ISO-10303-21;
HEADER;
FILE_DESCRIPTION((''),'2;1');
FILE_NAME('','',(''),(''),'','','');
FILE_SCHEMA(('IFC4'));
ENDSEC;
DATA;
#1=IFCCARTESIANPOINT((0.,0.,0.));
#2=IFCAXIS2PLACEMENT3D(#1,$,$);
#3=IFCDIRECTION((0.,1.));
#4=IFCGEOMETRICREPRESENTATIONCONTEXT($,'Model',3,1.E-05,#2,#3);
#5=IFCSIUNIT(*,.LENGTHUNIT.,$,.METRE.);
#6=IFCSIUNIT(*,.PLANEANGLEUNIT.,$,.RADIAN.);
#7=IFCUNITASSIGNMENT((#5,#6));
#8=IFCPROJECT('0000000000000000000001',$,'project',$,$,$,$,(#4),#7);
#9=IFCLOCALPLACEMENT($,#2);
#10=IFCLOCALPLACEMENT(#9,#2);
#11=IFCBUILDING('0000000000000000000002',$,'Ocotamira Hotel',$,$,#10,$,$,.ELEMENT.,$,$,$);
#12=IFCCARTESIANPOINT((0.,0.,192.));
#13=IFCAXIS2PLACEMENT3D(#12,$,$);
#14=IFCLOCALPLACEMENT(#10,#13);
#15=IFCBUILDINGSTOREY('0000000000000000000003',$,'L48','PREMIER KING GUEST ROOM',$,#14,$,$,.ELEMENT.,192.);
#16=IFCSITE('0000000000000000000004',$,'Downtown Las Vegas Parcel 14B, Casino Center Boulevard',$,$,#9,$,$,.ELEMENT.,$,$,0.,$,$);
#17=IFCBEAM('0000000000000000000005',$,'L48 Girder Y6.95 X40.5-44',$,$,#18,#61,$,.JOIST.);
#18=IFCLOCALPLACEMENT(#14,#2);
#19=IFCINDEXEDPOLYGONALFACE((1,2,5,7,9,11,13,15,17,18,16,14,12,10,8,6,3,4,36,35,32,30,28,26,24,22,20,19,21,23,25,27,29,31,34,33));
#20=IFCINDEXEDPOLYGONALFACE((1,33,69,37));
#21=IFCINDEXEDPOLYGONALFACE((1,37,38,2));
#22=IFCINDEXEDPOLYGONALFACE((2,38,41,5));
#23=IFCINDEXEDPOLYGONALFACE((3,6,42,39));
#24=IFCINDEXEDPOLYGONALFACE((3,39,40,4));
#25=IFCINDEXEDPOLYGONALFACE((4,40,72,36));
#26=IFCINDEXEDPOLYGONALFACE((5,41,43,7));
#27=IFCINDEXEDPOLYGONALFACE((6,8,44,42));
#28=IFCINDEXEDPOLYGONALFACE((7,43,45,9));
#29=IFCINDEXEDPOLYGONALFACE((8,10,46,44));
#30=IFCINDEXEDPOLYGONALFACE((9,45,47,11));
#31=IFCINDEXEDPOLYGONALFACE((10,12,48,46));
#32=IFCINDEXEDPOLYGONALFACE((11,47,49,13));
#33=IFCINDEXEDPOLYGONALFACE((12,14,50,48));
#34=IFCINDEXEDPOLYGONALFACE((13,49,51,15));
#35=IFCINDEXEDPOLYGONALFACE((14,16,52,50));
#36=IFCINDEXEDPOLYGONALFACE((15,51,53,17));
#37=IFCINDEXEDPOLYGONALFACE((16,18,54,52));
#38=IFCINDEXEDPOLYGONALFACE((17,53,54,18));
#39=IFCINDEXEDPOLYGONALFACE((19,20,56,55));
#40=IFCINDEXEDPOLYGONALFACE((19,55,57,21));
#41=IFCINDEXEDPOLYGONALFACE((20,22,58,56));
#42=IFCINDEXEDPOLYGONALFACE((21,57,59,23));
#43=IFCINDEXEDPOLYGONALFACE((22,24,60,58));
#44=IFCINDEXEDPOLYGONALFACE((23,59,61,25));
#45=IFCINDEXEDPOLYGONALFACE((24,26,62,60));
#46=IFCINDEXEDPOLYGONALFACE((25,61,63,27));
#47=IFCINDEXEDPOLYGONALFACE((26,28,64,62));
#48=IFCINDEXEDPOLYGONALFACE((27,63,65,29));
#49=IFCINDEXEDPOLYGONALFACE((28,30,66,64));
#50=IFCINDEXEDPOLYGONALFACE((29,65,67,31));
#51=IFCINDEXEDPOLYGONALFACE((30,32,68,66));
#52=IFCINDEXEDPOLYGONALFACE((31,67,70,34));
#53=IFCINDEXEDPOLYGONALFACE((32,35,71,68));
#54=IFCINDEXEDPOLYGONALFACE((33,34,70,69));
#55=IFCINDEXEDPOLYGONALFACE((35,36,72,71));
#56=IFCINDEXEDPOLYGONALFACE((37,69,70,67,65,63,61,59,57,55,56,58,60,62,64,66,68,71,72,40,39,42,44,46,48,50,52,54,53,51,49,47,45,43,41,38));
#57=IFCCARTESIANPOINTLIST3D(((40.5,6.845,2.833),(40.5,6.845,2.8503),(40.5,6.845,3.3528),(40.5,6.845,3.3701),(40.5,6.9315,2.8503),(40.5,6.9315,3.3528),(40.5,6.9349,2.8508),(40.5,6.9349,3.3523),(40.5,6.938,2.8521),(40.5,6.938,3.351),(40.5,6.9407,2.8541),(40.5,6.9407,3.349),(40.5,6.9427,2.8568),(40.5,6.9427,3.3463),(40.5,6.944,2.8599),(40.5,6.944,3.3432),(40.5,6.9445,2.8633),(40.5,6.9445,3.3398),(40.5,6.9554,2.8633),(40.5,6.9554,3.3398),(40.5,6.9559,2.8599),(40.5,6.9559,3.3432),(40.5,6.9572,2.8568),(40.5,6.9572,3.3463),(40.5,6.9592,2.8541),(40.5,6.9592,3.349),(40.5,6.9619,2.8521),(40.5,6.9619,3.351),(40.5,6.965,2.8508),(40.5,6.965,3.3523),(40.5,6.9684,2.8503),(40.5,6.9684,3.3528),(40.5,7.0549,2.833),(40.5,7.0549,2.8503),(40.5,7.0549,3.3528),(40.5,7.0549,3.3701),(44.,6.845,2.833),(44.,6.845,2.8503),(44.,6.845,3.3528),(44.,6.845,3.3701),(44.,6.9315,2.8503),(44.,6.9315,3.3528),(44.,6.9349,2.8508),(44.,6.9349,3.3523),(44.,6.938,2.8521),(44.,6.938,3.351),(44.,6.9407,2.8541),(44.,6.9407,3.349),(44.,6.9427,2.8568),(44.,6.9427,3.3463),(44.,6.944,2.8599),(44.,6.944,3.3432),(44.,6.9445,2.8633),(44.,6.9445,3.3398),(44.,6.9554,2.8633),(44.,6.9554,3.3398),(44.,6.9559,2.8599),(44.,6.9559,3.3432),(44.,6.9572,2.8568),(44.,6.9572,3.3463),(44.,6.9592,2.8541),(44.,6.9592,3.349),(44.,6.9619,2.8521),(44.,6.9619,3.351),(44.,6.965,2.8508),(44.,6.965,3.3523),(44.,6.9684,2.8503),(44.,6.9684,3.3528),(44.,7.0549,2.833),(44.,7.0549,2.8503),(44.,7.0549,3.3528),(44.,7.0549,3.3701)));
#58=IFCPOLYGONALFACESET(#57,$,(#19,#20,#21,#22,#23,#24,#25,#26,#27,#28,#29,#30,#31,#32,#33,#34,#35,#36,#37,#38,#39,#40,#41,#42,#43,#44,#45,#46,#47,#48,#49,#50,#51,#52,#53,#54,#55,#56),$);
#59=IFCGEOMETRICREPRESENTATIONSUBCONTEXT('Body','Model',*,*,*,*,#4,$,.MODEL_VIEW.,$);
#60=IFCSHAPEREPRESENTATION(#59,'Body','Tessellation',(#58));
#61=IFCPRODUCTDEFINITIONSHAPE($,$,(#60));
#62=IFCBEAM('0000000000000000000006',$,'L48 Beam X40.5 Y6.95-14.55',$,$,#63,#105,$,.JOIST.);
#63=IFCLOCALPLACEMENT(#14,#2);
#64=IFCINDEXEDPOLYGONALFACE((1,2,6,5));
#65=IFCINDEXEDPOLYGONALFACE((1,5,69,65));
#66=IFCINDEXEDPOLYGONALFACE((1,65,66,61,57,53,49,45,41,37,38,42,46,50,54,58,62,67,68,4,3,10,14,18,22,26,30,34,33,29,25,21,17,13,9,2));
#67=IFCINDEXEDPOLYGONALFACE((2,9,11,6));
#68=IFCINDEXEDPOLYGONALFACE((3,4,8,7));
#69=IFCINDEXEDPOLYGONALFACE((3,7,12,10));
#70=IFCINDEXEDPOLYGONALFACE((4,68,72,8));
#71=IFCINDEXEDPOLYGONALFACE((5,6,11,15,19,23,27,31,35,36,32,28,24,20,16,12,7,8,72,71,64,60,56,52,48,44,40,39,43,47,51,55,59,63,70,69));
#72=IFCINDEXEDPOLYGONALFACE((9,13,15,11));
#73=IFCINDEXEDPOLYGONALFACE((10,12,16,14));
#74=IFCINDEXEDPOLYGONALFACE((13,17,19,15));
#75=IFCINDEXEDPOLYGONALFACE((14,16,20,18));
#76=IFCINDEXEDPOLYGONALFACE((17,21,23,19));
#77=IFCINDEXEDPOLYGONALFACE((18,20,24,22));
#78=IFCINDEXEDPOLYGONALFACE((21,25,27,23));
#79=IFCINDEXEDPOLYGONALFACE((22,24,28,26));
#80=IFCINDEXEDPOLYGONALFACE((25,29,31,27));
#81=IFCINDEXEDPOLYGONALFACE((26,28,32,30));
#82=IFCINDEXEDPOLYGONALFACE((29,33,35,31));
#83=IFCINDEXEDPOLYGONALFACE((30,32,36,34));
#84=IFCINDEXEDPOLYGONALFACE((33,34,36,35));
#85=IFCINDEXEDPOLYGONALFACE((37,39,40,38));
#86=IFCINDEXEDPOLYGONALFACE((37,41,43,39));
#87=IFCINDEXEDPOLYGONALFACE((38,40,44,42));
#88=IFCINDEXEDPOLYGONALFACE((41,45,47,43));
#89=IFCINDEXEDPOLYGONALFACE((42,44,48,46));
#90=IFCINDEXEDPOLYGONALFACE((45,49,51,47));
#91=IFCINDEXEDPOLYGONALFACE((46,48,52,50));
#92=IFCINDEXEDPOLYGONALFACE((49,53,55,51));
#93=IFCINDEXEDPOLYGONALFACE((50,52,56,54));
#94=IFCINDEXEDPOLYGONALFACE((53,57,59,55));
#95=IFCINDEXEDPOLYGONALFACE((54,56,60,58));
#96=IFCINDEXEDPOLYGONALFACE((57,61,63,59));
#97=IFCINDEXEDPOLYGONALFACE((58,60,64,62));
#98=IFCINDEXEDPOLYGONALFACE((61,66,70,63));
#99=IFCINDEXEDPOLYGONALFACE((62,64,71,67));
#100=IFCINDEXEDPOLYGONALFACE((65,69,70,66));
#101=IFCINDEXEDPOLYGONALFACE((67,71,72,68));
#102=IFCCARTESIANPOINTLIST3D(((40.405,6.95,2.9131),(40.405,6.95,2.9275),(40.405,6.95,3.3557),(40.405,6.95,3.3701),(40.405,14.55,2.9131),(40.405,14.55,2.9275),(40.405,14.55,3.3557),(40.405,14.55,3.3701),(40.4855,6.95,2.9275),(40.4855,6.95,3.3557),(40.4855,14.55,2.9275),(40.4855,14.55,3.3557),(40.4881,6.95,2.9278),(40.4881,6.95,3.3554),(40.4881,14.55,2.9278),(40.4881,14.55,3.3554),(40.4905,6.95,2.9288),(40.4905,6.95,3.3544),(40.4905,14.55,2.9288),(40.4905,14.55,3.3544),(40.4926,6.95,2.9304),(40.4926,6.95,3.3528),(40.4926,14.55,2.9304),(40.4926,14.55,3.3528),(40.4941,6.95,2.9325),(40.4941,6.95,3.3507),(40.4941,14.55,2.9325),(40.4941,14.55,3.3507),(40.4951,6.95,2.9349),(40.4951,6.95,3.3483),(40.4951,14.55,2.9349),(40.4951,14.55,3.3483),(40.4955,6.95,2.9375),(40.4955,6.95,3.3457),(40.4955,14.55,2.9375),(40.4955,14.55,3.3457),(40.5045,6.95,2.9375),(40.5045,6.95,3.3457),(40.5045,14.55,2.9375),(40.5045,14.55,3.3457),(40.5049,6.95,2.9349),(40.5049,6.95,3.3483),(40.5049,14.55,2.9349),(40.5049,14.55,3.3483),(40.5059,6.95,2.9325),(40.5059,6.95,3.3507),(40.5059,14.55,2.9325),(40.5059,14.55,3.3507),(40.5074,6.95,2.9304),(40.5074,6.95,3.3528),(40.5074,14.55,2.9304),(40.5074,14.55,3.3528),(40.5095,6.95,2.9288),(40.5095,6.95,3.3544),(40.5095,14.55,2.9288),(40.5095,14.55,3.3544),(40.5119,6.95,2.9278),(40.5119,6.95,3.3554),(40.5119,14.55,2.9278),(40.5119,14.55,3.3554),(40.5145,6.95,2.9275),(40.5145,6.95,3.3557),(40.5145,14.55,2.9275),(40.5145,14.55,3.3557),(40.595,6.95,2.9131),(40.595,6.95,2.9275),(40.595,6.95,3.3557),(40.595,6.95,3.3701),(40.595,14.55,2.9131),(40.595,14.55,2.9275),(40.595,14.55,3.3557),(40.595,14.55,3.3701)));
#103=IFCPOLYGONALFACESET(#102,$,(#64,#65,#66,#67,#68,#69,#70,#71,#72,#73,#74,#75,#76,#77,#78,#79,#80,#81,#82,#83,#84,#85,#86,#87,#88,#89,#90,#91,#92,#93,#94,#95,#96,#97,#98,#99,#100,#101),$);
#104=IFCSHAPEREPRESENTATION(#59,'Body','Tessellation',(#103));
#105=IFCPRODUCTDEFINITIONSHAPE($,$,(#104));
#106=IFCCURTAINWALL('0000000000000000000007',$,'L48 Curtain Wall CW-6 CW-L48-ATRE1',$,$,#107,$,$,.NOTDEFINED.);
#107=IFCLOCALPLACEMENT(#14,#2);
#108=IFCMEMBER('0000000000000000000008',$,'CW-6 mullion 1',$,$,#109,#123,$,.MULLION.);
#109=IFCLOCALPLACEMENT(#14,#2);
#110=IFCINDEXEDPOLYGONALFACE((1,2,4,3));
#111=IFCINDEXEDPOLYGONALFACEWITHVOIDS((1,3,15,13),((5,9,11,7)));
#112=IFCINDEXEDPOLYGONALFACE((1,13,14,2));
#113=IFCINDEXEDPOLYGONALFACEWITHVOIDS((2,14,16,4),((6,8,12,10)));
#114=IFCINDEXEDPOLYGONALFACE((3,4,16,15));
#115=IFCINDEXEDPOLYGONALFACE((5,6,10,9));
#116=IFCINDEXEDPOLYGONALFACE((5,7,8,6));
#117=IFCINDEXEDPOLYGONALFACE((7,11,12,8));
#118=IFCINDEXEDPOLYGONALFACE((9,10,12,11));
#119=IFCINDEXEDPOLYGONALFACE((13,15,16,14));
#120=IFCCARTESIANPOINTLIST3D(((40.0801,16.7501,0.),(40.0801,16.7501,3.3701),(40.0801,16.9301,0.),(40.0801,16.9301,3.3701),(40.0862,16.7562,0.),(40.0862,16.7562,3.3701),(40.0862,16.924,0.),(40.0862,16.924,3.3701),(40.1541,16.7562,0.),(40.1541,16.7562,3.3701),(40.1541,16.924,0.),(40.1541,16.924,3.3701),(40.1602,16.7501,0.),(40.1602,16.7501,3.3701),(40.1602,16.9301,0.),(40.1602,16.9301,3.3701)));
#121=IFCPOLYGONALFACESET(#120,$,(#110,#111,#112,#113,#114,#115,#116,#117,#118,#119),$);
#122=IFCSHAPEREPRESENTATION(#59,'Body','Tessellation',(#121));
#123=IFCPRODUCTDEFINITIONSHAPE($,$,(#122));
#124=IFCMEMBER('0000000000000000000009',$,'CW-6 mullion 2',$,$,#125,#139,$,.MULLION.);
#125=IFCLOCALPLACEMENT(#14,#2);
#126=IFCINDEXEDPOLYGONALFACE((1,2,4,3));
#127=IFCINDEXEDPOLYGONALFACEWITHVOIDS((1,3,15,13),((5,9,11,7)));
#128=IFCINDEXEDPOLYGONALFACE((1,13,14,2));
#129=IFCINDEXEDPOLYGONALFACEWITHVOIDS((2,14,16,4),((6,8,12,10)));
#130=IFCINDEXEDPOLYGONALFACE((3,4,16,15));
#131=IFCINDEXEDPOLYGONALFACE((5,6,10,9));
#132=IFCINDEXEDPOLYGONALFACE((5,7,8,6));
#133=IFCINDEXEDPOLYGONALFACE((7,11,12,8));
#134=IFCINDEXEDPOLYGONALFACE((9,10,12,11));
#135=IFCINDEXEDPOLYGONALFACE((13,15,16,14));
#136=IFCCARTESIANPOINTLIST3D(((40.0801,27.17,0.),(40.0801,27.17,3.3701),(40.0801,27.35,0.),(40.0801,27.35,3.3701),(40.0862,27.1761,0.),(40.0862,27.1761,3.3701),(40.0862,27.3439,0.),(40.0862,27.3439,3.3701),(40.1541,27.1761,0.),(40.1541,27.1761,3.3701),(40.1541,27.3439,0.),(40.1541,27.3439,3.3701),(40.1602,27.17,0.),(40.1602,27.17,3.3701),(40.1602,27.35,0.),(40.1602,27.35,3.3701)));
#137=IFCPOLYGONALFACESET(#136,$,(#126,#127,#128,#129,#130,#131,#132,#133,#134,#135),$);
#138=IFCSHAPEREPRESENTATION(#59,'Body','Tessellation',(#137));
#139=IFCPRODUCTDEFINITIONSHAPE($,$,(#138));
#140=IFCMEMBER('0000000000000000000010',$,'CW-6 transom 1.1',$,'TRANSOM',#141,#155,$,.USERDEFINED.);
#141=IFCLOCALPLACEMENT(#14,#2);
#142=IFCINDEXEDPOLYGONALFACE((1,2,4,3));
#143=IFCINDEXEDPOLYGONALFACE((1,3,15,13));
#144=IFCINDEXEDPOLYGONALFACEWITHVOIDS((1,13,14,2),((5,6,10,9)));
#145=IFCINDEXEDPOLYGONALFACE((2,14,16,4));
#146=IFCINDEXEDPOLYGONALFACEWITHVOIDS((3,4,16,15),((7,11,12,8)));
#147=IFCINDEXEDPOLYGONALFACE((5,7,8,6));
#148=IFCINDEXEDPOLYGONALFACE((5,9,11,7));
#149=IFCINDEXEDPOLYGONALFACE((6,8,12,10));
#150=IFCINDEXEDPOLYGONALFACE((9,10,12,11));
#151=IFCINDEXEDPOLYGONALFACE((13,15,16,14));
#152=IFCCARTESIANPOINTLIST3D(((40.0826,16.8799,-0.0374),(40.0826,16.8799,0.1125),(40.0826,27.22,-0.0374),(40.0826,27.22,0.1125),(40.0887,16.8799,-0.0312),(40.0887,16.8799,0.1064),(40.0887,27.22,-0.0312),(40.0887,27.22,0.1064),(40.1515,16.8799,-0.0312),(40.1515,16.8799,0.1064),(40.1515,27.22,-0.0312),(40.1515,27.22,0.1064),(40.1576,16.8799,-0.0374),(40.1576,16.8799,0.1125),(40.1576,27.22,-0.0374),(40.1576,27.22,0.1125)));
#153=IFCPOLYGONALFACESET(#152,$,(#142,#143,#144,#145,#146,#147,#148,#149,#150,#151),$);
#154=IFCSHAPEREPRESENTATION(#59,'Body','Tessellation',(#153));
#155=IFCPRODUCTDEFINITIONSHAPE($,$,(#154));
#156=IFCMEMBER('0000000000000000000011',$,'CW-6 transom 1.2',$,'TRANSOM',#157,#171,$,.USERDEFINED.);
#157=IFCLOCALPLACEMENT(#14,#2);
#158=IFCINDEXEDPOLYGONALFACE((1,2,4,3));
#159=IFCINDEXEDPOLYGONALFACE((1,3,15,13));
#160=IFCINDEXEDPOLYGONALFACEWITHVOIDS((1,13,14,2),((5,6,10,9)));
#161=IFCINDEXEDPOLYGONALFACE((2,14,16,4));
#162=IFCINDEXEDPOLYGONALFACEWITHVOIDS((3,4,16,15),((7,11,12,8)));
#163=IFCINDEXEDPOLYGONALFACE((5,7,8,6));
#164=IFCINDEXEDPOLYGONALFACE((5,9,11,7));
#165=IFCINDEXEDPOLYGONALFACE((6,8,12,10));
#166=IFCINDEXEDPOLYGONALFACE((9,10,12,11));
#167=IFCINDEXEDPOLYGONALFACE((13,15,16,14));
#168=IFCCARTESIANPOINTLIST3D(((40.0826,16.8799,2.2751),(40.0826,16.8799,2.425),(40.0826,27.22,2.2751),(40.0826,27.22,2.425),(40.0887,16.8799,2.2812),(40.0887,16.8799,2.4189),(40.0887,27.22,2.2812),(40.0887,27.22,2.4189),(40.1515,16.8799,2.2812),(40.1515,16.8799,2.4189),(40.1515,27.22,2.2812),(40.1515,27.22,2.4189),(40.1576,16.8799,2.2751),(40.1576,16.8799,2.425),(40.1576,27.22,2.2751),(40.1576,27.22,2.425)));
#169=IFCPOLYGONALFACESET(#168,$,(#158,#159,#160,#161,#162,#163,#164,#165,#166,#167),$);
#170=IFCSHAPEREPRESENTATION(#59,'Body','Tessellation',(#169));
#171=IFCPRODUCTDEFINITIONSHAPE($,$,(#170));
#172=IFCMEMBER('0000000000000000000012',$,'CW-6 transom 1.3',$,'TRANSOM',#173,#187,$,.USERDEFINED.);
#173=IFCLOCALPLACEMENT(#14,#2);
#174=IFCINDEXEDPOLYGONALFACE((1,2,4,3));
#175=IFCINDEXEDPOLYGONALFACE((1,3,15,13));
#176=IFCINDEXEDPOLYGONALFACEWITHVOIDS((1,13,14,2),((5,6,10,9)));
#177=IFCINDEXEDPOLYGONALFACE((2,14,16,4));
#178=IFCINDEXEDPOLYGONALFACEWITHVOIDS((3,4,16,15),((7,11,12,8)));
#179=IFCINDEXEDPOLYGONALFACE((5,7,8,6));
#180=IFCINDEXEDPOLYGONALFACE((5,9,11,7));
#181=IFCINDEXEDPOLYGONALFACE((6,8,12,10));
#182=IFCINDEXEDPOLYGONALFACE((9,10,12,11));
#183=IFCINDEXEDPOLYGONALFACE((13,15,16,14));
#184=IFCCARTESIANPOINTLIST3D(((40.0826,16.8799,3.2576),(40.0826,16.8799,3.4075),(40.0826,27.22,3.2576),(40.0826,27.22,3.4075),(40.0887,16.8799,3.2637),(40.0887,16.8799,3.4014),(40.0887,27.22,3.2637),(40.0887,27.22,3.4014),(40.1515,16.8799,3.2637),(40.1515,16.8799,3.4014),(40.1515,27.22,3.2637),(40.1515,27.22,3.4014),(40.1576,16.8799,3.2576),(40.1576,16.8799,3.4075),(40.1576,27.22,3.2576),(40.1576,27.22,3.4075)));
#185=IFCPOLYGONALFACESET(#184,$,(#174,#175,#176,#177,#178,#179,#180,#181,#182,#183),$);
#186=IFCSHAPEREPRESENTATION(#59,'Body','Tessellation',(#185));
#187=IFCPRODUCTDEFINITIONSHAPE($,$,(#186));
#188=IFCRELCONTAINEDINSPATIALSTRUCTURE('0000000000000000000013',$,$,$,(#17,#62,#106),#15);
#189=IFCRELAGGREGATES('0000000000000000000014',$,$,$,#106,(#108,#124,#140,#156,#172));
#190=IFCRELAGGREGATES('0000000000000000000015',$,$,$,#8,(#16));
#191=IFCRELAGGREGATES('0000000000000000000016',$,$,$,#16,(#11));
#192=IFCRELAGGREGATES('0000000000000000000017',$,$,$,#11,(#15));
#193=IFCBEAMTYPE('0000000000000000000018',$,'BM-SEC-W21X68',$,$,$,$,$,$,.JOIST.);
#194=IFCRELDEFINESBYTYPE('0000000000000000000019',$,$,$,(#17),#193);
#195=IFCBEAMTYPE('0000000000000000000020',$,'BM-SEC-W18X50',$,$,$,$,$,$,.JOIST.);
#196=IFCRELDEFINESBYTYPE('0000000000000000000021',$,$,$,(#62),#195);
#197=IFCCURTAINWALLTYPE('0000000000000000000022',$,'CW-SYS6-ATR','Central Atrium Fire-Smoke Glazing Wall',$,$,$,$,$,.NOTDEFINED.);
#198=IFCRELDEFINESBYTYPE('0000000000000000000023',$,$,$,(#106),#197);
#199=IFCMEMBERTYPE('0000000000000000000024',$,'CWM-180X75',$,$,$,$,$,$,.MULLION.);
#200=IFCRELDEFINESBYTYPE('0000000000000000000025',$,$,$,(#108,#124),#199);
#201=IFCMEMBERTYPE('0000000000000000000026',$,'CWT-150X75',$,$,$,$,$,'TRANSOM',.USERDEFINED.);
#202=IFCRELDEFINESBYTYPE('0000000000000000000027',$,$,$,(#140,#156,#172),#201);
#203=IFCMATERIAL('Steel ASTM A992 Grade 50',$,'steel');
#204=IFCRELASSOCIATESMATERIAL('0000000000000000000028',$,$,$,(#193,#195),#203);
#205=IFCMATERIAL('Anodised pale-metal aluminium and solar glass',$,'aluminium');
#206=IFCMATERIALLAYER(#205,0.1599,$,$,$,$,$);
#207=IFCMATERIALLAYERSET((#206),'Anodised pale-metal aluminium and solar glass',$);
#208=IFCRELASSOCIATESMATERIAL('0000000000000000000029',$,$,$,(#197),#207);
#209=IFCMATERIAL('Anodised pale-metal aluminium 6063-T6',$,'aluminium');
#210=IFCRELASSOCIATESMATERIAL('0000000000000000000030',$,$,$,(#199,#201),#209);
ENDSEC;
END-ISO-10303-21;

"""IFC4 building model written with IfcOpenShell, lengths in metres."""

from ifc_helpers import new_model, si_unit, direction, frame, origin, origin_2d, place, context, subcontext, project, spatial, hollow_rectangle, i_section, extrude, source, transform, mapped, material, layer, layer_set, material_profile, profile_set, type_object, element, aggregate, save


model = new_model("IFC4")

# Units and contexts
model_context = context("Model", 3, precision=1e-05, world=origin(), true_north=direction((0.0, 1.0)))
body_context = subcontext(model_context, "Body", "Model", "MODEL_VIEW")
ifc_project = project(units=[si_unit("LENGTHUNIT", "METRE"), si_unit("PLANEANGLEUNIT", "RADIAN")], contexts=[model_context])

# Site, building, storey
site_placement = place(None, origin())
site = spatial("IfcSite", under=ifc_project, at=site_placement, Name="Downtown Las Vegas Parcel 14B, Casino Center Boulevard", CompositionType="ELEMENT", RefElevation=0.0)
building_placement = place(site_placement, origin())
building = spatial("IfcBuilding", under=site, at=building_placement, Name="Ocotamira Hotel", CompositionType="ELEMENT")
storey_placement = place(building_placement, frame((0.0, 0.0, 192.0)))
storey = spatial("IfcBuildingStorey", under=building, at=storey_placement, Name="L48", Description="PREMIER KING GUEST ROOM", CompositionType="ELEMENT", Elevation=192.0)

# Beams
ifc_material_1 = material(Name="Steel ASTM A992 Grade 50", Category="steel")
ifc_material_profile_1 = material_profile(ifc_material_1, i_section(OverallWidth=0.21, OverallDepth=0.5371, WebThickness=0.011, FlangeThickness=0.0173, FilletRadius=0.0129, at=origin_2d()), Name="W21X68")
ifc_profile_set_1 = profile_set([ifc_material_profile_1], Name="Steel ASTM A992 Grade 50")
beam_type_1 = type_object("IfcBeamType", Name="BM-SEC-W21X68", PredefinedType="JOIST", material=ifc_profile_set_1)
shared_shape_1 = source(origin(), body_context, "Body", "SweptSolid", [
    extrude(i_section(OverallWidth=0.21, OverallDepth=0.5371, WebThickness=0.011, FlangeThickness=0.0173, FilletRadius=0.0129, at=origin_2d()), origin(), (0.0, 0.0, 1.0), 3.5),
])
beam_1_placement = place(storey_placement, frame((40.5, 6.95, 3.1016), z_axis=(1.0, 0.0, 0.0), x_axis=(0.0, 1.0, 0.0)))
element("IfcBeam", 1, at=beam_1_placement, inside=storey, type_object=beam_type_1, Name="L48 Girder Y6.95 X40.5-44", PredefinedType="JOIST", context=body_context, shape_type="MappedRepresentation", body=[
    mapped(shared_shape_1, transform((0.0, 0.0, 0.0), scale=1.0)),
])
ifc_material_profile_2 = material_profile(ifc_material_1, i_section(OverallWidth=0.1899, OverallDepth=0.457, WebThickness=0.009, FlangeThickness=0.0144, FilletRadius=0.01, at=origin_2d()), Name="W18X50")
ifc_profile_set_2 = profile_set([ifc_material_profile_2], Name="Steel ASTM A992 Grade 50")
beam_type_2 = type_object("IfcBeamType", Name="BM-SEC-W18X50", PredefinedType="JOIST", material=ifc_profile_set_2)
shared_shape_2 = source(origin(), body_context, "Body", "SweptSolid", [
    extrude(i_section(OverallWidth=0.1899, OverallDepth=0.457, WebThickness=0.009, FlangeThickness=0.0144, FilletRadius=0.01, at=origin_2d()), origin(), (0.0, 0.0, 1.0), 7.6001),
])
beam_2_placement = place(storey_placement, frame((40.5, 6.95, 3.1416), z_axis=(0.0, 1.0, 0.0), x_axis=(-1.0, 0.0, 0.0)))
element("IfcBeam", 2, at=beam_2_placement, inside=storey, type_object=beam_type_2, Name="L48 Beam X40.5 Y6.95-14.55", PredefinedType="JOIST", context=body_context, shape_type="MappedRepresentation", body=[
    mapped(shared_shape_2, transform((0.0, 0.0, 0.0), scale=1.0)),
])

# Curtain wall, members
ifc_material_2 = material(Name="Anodised pale-metal aluminium and solar glass", Category="aluminium")
ifc_layer_1 = layer(ifc_material_2, 0.1599)
ifc_layer_set_1 = layer_set([ifc_layer_1], Name="Anodised pale-metal aluminium and solar glass")
curtain_wall_type = type_object("IfcCurtainWallType", Name="CW-SYS6-ATR", Description="Central Atrium Fire-Smoke Glazing Wall", PredefinedType="NOTDEFINED", material=ifc_layer_set_1)
curtain_wall_placement = place(storey_placement, origin())
curtain_wall = element("IfcCurtainWall", 3, at=curtain_wall_placement, inside=storey, type_object=curtain_wall_type, Name="L48 Curtain Wall CW-6 CW-L48-ATRE1", PredefinedType="NOTDEFINED")
ifc_material_3 = material(Name="Anodised pale-metal aluminium 6063-T6", Category="aluminium")
ifc_material_profile_3 = material_profile(ifc_material_3, hollow_rectangle(XDim=0.0801, YDim=0.1799, WallThickness=0.0061, at=origin_2d()), Name="HSS180X80X6")
ifc_profile_set_3 = profile_set([ifc_material_profile_3], Name="Anodised pale-metal aluminium 6063-T6")
member_type_1 = type_object("IfcMemberType", Name="CWM-180X75", PredefinedType="MULLION", material=ifc_profile_set_3)
shared_shape_3 = source(origin(), body_context, "Body", "SweptSolid", [
    extrude(hollow_rectangle(XDim=0.0801, YDim=0.1799, WallThickness=0.0061, at=origin_2d()), origin(), (0.0, 0.0, 1.0), 3.3701),
])
member_1_placement = place(storey_placement, frame((40.1201, 16.8401, 0.0), z_axis=(0.0, 0.0, 1.0), x_axis=(-1.0, 0.0, 0.0)))
member_1 = element("IfcMember", 4, at=member_1_placement, type_object=member_type_1, Name="CW-6 mullion 1", PredefinedType="MULLION", context=body_context, shape_type="MappedRepresentation", body=[
    mapped(shared_shape_3, transform((0.0, 0.0, 0.0), scale=1.0)),
])
member_2_placement = place(storey_placement, frame((40.1201, 27.26, 0.0), z_axis=(0.0, 0.0, 1.0), x_axis=(-1.0, 0.0, 0.0)))
member_2 = element("IfcMember", 5, at=member_2_placement, type_object=member_type_1, Name="CW-6 mullion 2", PredefinedType="MULLION", context=body_context, shape_type="MappedRepresentation", body=[
    mapped(shared_shape_3, transform((0.0, 0.0, 0.0), scale=1.0)),
])
ifc_material_profile_4 = material_profile(ifc_material_3, hollow_rectangle(XDim=0.075, YDim=0.1499, WallThickness=0.0061, at=origin_2d()), Name="HSS150X75X6")
ifc_profile_set_4 = profile_set([ifc_material_profile_4], Name="Anodised pale-metal aluminium 6063-T6")
member_type_2 = type_object("IfcMemberType", Name="CWT-150X75", ElementType="TRANSOM", PredefinedType="USERDEFINED", material=ifc_profile_set_4)
shared_shape_4 = source(origin(), body_context, "Body", "SweptSolid", [
    extrude(hollow_rectangle(XDim=0.075, YDim=0.1499, WallThickness=0.0061, at=origin_2d()), origin(), (0.0, 0.0, 1.0), 10.3401),
])
member_3_placement = place(storey_placement, frame((40.1201, 16.8799, 0.0376), z_axis=(0.0, 1.0, 0.0), x_axis=(-1.0, 0.0, 0.0)))
member_3 = element("IfcMember", 6, at=member_3_placement, type_object=member_type_2, Name="CW-6 transom 1.1", ObjectType="TRANSOM", PredefinedType="USERDEFINED", context=body_context, shape_type="MappedRepresentation", body=[
    mapped(shared_shape_4, transform((0.0, 0.0, 0.0), scale=1.0)),
])
member_4_placement = place(storey_placement, frame((40.1201, 16.8799, 2.3501), z_axis=(0.0, 1.0, 0.0), x_axis=(-1.0, 0.0, 0.0)))
member_4 = element("IfcMember", 7, at=member_4_placement, type_object=member_type_2, Name="CW-6 transom 1.2", ObjectType="TRANSOM", PredefinedType="USERDEFINED", context=body_context, shape_type="MappedRepresentation", body=[
    mapped(shared_shape_4, transform((0.0, 0.0, 0.0), scale=1.0)),
])
member_5_placement = place(storey_placement, frame((40.1201, 16.8799, 3.3325), z_axis=(0.0, 1.0, 0.0), x_axis=(-1.0, 0.0, 0.0)))
member_5 = element("IfcMember", 8, at=member_5_placement, type_object=member_type_2, Name="CW-6 transom 1.3", ObjectType="TRANSOM", PredefinedType="USERDEFINED", context=body_context, shape_type="MappedRepresentation", body=[
    mapped(shared_shape_4, transform((0.0, 0.0, 0.0), scale=1.0)),
])
aggregate(curtain_wall, [member_1, member_2, member_3, member_4, member_5])

save(model, "model.ifc")
